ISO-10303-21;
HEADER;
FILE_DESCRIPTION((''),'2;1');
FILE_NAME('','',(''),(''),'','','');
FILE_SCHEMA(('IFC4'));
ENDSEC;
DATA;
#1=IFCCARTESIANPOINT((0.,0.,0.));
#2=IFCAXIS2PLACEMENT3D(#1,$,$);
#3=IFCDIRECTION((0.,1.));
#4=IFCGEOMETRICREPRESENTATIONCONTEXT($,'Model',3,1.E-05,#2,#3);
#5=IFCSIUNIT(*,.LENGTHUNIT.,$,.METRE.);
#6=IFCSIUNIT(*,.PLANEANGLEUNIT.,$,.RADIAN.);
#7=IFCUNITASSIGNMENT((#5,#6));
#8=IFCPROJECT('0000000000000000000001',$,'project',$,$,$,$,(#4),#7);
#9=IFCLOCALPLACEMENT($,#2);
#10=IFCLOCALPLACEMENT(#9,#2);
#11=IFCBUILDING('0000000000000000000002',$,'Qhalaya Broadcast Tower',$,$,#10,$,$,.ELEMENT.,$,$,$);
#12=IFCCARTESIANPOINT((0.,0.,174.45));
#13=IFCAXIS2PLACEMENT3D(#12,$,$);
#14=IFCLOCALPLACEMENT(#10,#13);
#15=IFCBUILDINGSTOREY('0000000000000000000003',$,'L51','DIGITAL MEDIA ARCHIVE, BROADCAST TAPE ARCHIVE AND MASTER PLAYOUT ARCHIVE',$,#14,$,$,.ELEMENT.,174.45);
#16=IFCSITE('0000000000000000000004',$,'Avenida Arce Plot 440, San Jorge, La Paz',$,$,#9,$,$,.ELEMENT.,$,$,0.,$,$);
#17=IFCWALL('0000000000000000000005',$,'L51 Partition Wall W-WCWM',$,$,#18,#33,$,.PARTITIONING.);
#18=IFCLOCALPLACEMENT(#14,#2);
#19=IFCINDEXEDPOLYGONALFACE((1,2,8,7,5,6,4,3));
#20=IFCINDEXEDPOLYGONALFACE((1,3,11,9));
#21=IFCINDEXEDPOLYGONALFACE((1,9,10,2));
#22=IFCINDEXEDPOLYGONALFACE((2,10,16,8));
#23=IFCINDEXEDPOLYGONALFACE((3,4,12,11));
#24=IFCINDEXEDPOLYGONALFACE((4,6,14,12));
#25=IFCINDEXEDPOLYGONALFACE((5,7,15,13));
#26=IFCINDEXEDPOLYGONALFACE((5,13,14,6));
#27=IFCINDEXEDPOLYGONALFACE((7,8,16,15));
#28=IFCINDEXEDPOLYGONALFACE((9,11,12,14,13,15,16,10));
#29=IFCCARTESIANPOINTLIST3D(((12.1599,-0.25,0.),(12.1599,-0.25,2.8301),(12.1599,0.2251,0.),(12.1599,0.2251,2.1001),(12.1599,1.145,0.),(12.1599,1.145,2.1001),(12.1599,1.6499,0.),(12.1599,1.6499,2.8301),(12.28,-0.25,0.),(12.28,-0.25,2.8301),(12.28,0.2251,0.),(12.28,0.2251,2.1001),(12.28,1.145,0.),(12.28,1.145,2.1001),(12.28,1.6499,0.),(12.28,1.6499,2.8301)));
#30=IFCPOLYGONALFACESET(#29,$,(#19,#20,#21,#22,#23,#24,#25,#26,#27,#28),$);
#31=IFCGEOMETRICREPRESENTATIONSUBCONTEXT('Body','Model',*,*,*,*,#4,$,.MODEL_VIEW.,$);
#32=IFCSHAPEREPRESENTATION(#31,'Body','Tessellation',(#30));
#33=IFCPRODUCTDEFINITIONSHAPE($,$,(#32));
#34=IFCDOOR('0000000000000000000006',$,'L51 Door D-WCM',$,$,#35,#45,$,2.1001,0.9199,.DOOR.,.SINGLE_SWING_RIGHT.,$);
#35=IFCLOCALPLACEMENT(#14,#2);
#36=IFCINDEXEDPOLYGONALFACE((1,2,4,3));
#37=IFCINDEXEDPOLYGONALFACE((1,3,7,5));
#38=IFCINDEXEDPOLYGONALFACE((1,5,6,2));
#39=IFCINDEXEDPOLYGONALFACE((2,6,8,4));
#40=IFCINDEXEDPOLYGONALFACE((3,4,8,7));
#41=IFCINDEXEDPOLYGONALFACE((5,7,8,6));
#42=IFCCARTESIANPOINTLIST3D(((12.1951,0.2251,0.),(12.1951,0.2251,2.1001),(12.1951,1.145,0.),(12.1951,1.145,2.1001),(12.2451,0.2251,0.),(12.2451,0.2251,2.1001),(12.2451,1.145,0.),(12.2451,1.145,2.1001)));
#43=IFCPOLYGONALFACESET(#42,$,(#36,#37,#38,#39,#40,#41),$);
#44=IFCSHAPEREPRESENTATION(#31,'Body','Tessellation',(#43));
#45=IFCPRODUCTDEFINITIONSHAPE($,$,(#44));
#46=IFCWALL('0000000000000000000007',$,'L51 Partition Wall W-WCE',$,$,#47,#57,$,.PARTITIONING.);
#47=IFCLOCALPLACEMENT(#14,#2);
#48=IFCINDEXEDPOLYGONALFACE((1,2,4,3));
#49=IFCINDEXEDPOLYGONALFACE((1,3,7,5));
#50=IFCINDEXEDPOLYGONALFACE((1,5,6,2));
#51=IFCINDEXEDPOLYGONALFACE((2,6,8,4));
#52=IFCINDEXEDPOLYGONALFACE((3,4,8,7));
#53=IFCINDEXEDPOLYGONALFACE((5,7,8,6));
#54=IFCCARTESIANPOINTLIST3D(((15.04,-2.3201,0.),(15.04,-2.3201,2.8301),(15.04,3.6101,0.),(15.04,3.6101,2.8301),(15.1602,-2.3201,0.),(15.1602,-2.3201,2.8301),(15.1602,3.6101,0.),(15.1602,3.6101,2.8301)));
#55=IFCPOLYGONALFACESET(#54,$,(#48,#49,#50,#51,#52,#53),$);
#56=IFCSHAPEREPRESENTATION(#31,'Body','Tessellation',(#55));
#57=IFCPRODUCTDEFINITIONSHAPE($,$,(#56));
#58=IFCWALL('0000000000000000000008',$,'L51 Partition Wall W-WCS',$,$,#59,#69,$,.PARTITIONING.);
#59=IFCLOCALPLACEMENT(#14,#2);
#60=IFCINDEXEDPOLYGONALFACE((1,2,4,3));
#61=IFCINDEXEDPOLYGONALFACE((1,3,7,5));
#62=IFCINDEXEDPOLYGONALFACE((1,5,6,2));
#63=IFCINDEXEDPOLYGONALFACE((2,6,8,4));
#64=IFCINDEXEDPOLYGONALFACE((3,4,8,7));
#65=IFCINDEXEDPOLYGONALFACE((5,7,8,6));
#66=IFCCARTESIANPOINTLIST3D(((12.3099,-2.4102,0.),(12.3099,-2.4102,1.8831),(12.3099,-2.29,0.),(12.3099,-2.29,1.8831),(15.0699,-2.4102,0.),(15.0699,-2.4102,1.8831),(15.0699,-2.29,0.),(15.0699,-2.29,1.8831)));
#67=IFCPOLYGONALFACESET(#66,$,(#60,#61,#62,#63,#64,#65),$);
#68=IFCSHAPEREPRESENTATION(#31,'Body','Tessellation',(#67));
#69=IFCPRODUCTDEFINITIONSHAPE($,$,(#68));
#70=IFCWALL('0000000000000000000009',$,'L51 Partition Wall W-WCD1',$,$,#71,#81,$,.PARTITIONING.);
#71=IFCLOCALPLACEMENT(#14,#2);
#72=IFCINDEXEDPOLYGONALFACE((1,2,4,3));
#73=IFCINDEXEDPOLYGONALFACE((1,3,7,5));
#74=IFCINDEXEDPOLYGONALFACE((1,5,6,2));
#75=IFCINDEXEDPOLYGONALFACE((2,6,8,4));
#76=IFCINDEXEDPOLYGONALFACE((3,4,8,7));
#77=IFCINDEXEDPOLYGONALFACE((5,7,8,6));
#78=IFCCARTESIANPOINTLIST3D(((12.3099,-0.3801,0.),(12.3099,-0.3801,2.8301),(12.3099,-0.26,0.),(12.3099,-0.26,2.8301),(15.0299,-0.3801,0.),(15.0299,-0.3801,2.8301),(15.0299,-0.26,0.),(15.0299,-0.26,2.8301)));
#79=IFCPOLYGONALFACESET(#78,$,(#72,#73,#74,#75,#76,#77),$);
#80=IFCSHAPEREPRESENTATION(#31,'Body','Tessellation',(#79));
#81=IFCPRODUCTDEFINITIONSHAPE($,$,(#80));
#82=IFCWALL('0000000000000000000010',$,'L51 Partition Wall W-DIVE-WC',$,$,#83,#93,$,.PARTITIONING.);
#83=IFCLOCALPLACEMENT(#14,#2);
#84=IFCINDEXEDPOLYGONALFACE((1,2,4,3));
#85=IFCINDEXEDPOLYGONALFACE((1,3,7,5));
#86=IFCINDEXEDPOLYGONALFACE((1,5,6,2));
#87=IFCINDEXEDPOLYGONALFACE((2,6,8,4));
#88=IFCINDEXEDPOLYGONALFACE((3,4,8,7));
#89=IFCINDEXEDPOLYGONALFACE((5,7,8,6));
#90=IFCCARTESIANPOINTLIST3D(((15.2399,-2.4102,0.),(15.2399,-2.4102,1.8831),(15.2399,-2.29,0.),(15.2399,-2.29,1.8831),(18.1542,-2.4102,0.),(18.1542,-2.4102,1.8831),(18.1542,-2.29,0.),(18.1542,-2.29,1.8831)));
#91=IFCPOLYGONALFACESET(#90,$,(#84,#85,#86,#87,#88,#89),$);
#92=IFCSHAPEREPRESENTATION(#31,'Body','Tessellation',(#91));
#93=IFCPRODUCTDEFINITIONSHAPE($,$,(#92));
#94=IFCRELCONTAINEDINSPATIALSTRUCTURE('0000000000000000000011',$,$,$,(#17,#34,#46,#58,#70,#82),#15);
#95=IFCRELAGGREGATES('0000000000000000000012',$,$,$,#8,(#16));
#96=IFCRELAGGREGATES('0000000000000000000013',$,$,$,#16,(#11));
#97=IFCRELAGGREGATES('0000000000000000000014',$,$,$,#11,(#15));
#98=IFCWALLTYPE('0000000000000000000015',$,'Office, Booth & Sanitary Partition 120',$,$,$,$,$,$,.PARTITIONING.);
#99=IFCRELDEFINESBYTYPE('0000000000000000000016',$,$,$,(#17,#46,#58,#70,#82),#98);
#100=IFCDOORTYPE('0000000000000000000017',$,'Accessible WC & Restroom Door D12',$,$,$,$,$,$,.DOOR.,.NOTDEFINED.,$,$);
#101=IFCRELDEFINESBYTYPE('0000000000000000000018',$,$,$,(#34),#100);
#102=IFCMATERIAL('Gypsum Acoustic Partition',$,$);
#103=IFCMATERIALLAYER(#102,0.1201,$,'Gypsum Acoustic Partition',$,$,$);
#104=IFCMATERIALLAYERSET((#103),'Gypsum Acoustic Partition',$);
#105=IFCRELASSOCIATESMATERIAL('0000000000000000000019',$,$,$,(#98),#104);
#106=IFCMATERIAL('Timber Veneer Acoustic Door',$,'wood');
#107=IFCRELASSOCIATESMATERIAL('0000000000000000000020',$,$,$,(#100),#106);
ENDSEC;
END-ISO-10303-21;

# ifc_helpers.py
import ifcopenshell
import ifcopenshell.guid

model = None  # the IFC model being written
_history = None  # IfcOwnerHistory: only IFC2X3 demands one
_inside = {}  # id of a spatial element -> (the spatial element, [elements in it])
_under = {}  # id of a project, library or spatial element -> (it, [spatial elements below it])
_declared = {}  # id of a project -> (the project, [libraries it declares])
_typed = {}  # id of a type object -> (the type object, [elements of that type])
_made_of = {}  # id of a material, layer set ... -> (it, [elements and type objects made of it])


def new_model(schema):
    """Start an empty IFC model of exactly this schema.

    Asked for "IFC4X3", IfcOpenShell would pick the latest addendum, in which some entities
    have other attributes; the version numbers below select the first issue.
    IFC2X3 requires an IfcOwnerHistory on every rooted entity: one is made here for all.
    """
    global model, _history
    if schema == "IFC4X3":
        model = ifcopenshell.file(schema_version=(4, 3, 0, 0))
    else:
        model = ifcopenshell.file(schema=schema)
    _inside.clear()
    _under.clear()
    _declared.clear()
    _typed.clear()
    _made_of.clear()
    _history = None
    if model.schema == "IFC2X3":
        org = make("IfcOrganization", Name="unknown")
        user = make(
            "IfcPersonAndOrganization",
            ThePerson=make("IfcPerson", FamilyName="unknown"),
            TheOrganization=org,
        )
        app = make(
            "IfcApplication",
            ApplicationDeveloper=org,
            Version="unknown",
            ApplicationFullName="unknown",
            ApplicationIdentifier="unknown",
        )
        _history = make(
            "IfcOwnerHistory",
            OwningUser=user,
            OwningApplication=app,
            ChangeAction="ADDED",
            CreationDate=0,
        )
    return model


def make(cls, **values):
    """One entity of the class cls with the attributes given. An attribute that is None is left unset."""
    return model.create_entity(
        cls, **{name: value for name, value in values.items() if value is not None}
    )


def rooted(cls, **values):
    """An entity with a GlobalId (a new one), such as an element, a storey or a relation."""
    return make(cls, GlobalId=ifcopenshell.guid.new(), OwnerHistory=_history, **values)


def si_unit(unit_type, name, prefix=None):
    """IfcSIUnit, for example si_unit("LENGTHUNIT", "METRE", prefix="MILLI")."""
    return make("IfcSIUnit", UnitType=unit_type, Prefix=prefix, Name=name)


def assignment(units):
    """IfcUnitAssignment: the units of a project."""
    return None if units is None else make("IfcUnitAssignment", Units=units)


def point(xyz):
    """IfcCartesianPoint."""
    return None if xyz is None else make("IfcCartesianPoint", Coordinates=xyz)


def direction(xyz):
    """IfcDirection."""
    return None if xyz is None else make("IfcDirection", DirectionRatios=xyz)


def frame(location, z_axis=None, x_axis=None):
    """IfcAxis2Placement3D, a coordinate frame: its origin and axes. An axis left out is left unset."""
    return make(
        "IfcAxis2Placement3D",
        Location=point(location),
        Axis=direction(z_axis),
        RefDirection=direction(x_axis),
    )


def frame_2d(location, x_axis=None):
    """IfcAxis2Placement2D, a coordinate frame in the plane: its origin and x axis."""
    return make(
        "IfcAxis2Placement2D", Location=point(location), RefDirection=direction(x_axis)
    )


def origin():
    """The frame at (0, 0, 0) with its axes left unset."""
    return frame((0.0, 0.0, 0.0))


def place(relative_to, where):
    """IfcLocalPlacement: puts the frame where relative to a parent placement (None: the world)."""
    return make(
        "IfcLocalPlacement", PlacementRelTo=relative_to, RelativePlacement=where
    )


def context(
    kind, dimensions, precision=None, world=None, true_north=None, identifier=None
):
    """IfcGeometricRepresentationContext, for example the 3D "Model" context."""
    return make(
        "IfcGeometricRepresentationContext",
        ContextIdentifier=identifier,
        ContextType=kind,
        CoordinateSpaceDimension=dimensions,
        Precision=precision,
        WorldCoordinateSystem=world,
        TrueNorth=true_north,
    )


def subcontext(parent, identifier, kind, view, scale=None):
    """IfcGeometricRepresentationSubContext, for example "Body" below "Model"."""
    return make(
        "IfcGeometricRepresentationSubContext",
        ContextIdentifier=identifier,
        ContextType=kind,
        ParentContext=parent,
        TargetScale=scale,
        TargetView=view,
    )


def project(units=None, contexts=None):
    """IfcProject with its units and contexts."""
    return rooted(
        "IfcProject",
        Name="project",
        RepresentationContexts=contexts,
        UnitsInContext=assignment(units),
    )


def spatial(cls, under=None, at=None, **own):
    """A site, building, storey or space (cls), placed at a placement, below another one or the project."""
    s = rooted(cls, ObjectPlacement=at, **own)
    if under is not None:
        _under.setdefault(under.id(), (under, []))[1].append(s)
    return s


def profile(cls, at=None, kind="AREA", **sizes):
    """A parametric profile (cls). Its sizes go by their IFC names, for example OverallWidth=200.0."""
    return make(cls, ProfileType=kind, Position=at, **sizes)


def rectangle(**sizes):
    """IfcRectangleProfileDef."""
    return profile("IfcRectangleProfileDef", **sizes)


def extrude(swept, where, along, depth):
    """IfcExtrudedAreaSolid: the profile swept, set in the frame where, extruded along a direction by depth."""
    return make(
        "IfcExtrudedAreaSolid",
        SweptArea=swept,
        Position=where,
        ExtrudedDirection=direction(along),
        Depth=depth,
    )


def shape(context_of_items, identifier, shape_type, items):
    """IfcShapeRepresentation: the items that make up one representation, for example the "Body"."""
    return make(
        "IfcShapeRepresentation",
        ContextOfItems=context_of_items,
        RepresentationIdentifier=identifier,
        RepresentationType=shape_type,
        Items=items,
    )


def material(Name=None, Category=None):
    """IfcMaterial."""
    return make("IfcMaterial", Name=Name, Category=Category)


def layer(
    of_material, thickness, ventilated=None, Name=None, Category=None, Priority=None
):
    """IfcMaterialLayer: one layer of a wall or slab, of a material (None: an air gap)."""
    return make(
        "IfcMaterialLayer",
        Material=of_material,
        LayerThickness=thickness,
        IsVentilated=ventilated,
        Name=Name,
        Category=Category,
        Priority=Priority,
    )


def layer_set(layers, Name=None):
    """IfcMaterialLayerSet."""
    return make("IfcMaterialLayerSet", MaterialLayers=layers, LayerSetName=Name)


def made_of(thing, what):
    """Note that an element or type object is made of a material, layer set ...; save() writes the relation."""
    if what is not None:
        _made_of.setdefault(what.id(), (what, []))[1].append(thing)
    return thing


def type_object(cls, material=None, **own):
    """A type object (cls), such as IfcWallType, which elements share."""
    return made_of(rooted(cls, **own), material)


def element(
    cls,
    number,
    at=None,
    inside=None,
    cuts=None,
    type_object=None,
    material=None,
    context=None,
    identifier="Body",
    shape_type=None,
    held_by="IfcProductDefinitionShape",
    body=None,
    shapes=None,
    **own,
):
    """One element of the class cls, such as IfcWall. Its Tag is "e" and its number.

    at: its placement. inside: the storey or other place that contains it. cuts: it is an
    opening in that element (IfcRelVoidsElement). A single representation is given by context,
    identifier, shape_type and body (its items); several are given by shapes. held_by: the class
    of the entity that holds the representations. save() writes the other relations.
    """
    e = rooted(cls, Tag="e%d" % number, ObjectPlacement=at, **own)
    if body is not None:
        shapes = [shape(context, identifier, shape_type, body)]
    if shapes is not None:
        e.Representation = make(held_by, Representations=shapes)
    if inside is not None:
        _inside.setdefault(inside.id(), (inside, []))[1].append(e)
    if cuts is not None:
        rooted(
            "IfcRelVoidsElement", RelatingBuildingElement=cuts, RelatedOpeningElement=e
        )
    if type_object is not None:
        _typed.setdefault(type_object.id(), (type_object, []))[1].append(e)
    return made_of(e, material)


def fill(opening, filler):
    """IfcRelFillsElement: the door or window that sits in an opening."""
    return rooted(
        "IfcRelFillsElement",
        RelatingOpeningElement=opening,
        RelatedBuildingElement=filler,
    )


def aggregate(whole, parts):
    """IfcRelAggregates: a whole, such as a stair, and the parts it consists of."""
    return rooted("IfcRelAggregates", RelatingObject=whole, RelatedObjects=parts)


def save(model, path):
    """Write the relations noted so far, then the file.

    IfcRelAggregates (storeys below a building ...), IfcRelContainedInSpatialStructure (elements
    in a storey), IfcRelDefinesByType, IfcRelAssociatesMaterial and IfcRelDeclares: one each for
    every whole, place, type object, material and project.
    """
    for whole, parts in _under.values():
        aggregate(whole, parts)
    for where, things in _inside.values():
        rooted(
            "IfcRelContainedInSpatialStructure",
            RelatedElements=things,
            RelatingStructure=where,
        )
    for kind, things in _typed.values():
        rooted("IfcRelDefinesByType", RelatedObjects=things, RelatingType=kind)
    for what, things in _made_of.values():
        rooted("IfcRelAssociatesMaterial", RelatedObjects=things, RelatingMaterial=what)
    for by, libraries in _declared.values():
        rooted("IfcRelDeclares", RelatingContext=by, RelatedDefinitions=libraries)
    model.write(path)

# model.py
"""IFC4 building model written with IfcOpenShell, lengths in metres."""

from ifc_helpers import new_model, si_unit, direction, frame, frame_2d, origin, place, context, subcontext, project, spatial, rectangle, extrude, material, layer, layer_set, type_object, element, fill, save


model = new_model("IFC4")

# Units and contexts
model_context = context("Model", 3, precision=1e-05, world=origin(), true_north=direction((0.0, 1.0)))
body_context = subcontext(model_context, "Body", "Model", "MODEL_VIEW")
ifc_project = project(units=[si_unit("LENGTHUNIT", "METRE"), si_unit("PLANEANGLEUNIT", "RADIAN")], contexts=[model_context])

# Site, building, storey
site_placement = place(None, origin())
site = spatial("IfcSite", under=ifc_project, at=site_placement, Name="Avenida Arce Plot 440, San Jorge, La Paz", CompositionType="ELEMENT", RefElevation=0.0)
building_placement = place(site_placement, origin())
building = spatial("IfcBuilding", under=site, at=building_placement, Name="Qhalaya Broadcast Tower", CompositionType="ELEMENT")
storey_placement = place(building_placement, frame((0.0, 0.0, 174.45)))
storey = spatial("IfcBuildingStorey", under=building, at=storey_placement, Name="L51", Description="DIGITAL MEDIA ARCHIVE, BROADCAST TAPE ARCHIVE AND MASTER PLAYOUT ARCHIVE", CompositionType="ELEMENT", Elevation=174.45)

# Wall, opening, door
ifc_material_1 = material(Name="Gypsum Acoustic Partition")
ifc_material_2 = material(Name="Timber Veneer Acoustic Door", Category="wood")
ifc_layer_1 = layer(ifc_material_1, 0.1201, Name="Gypsum Acoustic Partition")
ifc_layer_set_1 = layer_set([ifc_layer_1], Name="Gypsum Acoustic Partition")
wall_type_1 = type_object("IfcWallType", Name="Office, Booth & Sanitary Partition 120", PredefinedType="PARTITIONING", material=ifc_layer_set_1)
door_type_1 = type_object("IfcDoorType", Name="Accessible WC & Restroom Door D12", OperationType="NOTDEFINED", PredefinedType="DOOR", material=ifc_material_2)
wall_1_placement = place(storey_placement, frame((12.22, -0.25, 0.0), z_axis=(0.0, 0.0, 1.0), x_axis=(0.0, 1.0, 0.0)))
wall_1 = element("IfcWall", 1, at=wall_1_placement, inside=storey, type_object=wall_type_1, Name="L51 Partition Wall W-WCWM", PredefinedType="PARTITIONING", context=body_context, shape_type="SweptSolid", body=[
    extrude(rectangle(XDim=1.8999, YDim=0.1201, at=frame_2d((0.95, 0.0))), origin(), (0.0, 0.0, 1.0), 2.8301),
])
opening_1_placement = place(wall_1_placement, frame((0.4751, 0.0, 0.0)))
opening_1 = element("IfcOpeningElement", 2, at=opening_1_placement, cuts=wall_1, PredefinedType="OPENING", context=body_context, shape_type="SweptSolid", body=[
    extrude(rectangle(XDim=0.9199, YDim=2.1001, at=frame_2d((0.46, 1.05))), frame((0.0, 0.072, 0.0), z_axis=(0.0, -1.0, 0.0), x_axis=(1.0, 0.0, 0.0)), (0.0, 0.0, 1.0), 0.144),
])
door_1_placement = place(opening_1_placement, origin())
door_1 = element("IfcDoor", 3, at=door_1_placement, inside=storey, type_object=door_type_1, Name="L51 Door D-WCM", OperationType="SINGLE_SWING_RIGHT", OverallHeight=2.1001, OverallWidth=0.9199, PredefinedType="DOOR", context=body_context, shape_type="SweptSolid", body=[
    extrude(rectangle(XDim=0.9199, YDim=2.1001, at=frame_2d((0.46, 1.05))), frame((0.0, 0.0249, 0.0), z_axis=(0.0, -1.0, 0.0), x_axis=(1.0, 0.0, 0.0)), (0.0, 0.0, 1.0), 0.05),
])
fill(opening_1, door_1)

# Walls
wall_2_placement = place(storey_placement, frame((15.1001, -2.3201, 0.0), z_axis=(0.0, 0.0, 1.0), x_axis=(0.0, 1.0, 0.0)))
element("IfcWall", 4, at=wall_2_placement, inside=storey, type_object=wall_type_1, Name="L51 Partition Wall W-WCE", PredefinedType="PARTITIONING", context=body_context, shape_type="SweptSolid", body=[
    extrude(rectangle(XDim=5.9302, YDim=0.1201, at=frame_2d((2.9651, 0.0))), origin(), (0.0, 0.0, 1.0), 2.8301),
])
wall_3_placement = place(storey_placement, frame((12.3101, -2.3501, 0.0), z_axis=(0.0, 0.0, 1.0), x_axis=(1.0, 0.0, 0.0)))
element("IfcWall", 5, at=wall_3_placement, inside=storey, type_object=wall_type_1, Name="L51 Partition Wall W-WCS", PredefinedType="PARTITIONING", context=body_context, shape_type="SweptSolid", body=[
    extrude(rectangle(XDim=2.76, YDim=0.1201, at=frame_2d((1.3799, 0.0))), origin(), (0.0, 0.0, 1.0), 1.8831),
])
wall_4_placement = place(storey_placement, frame((12.3101, -0.3201, 0.0), z_axis=(0.0, 0.0, 1.0), x_axis=(1.0, 0.0, 0.0)))
element("IfcWall", 6, at=wall_4_placement, inside=storey, type_object=wall_type_1, Name="L51 Partition Wall W-WCD1", PredefinedType="PARTITIONING", context=body_context, shape_type="SweptSolid", body=[
    extrude(rectangle(XDim=2.72, YDim=0.1201, at=frame_2d((1.3599, 0.0))), origin(), (0.0, 0.0, 1.0), 2.8301),
])
wall_5_placement = place(storey_placement, frame((15.24, -2.3501, 0.0), z_axis=(0.0, 0.0, 1.0), x_axis=(1.0, 0.0, 0.0)))
element("IfcWall", 7, at=wall_5_placement, inside=storey, type_object=wall_type_1, Name="L51 Partition Wall W-DIVE-WC", PredefinedType="PARTITIONING", context=body_context, shape_type="SweptSolid", body=[
    extrude(rectangle(XDim=2.9143, YDim=0.1201, at=frame_2d((1.457, 0.0))), origin(), (0.0, 0.0, 1.0), 1.8831),
])

save(model, "model.ifc")
